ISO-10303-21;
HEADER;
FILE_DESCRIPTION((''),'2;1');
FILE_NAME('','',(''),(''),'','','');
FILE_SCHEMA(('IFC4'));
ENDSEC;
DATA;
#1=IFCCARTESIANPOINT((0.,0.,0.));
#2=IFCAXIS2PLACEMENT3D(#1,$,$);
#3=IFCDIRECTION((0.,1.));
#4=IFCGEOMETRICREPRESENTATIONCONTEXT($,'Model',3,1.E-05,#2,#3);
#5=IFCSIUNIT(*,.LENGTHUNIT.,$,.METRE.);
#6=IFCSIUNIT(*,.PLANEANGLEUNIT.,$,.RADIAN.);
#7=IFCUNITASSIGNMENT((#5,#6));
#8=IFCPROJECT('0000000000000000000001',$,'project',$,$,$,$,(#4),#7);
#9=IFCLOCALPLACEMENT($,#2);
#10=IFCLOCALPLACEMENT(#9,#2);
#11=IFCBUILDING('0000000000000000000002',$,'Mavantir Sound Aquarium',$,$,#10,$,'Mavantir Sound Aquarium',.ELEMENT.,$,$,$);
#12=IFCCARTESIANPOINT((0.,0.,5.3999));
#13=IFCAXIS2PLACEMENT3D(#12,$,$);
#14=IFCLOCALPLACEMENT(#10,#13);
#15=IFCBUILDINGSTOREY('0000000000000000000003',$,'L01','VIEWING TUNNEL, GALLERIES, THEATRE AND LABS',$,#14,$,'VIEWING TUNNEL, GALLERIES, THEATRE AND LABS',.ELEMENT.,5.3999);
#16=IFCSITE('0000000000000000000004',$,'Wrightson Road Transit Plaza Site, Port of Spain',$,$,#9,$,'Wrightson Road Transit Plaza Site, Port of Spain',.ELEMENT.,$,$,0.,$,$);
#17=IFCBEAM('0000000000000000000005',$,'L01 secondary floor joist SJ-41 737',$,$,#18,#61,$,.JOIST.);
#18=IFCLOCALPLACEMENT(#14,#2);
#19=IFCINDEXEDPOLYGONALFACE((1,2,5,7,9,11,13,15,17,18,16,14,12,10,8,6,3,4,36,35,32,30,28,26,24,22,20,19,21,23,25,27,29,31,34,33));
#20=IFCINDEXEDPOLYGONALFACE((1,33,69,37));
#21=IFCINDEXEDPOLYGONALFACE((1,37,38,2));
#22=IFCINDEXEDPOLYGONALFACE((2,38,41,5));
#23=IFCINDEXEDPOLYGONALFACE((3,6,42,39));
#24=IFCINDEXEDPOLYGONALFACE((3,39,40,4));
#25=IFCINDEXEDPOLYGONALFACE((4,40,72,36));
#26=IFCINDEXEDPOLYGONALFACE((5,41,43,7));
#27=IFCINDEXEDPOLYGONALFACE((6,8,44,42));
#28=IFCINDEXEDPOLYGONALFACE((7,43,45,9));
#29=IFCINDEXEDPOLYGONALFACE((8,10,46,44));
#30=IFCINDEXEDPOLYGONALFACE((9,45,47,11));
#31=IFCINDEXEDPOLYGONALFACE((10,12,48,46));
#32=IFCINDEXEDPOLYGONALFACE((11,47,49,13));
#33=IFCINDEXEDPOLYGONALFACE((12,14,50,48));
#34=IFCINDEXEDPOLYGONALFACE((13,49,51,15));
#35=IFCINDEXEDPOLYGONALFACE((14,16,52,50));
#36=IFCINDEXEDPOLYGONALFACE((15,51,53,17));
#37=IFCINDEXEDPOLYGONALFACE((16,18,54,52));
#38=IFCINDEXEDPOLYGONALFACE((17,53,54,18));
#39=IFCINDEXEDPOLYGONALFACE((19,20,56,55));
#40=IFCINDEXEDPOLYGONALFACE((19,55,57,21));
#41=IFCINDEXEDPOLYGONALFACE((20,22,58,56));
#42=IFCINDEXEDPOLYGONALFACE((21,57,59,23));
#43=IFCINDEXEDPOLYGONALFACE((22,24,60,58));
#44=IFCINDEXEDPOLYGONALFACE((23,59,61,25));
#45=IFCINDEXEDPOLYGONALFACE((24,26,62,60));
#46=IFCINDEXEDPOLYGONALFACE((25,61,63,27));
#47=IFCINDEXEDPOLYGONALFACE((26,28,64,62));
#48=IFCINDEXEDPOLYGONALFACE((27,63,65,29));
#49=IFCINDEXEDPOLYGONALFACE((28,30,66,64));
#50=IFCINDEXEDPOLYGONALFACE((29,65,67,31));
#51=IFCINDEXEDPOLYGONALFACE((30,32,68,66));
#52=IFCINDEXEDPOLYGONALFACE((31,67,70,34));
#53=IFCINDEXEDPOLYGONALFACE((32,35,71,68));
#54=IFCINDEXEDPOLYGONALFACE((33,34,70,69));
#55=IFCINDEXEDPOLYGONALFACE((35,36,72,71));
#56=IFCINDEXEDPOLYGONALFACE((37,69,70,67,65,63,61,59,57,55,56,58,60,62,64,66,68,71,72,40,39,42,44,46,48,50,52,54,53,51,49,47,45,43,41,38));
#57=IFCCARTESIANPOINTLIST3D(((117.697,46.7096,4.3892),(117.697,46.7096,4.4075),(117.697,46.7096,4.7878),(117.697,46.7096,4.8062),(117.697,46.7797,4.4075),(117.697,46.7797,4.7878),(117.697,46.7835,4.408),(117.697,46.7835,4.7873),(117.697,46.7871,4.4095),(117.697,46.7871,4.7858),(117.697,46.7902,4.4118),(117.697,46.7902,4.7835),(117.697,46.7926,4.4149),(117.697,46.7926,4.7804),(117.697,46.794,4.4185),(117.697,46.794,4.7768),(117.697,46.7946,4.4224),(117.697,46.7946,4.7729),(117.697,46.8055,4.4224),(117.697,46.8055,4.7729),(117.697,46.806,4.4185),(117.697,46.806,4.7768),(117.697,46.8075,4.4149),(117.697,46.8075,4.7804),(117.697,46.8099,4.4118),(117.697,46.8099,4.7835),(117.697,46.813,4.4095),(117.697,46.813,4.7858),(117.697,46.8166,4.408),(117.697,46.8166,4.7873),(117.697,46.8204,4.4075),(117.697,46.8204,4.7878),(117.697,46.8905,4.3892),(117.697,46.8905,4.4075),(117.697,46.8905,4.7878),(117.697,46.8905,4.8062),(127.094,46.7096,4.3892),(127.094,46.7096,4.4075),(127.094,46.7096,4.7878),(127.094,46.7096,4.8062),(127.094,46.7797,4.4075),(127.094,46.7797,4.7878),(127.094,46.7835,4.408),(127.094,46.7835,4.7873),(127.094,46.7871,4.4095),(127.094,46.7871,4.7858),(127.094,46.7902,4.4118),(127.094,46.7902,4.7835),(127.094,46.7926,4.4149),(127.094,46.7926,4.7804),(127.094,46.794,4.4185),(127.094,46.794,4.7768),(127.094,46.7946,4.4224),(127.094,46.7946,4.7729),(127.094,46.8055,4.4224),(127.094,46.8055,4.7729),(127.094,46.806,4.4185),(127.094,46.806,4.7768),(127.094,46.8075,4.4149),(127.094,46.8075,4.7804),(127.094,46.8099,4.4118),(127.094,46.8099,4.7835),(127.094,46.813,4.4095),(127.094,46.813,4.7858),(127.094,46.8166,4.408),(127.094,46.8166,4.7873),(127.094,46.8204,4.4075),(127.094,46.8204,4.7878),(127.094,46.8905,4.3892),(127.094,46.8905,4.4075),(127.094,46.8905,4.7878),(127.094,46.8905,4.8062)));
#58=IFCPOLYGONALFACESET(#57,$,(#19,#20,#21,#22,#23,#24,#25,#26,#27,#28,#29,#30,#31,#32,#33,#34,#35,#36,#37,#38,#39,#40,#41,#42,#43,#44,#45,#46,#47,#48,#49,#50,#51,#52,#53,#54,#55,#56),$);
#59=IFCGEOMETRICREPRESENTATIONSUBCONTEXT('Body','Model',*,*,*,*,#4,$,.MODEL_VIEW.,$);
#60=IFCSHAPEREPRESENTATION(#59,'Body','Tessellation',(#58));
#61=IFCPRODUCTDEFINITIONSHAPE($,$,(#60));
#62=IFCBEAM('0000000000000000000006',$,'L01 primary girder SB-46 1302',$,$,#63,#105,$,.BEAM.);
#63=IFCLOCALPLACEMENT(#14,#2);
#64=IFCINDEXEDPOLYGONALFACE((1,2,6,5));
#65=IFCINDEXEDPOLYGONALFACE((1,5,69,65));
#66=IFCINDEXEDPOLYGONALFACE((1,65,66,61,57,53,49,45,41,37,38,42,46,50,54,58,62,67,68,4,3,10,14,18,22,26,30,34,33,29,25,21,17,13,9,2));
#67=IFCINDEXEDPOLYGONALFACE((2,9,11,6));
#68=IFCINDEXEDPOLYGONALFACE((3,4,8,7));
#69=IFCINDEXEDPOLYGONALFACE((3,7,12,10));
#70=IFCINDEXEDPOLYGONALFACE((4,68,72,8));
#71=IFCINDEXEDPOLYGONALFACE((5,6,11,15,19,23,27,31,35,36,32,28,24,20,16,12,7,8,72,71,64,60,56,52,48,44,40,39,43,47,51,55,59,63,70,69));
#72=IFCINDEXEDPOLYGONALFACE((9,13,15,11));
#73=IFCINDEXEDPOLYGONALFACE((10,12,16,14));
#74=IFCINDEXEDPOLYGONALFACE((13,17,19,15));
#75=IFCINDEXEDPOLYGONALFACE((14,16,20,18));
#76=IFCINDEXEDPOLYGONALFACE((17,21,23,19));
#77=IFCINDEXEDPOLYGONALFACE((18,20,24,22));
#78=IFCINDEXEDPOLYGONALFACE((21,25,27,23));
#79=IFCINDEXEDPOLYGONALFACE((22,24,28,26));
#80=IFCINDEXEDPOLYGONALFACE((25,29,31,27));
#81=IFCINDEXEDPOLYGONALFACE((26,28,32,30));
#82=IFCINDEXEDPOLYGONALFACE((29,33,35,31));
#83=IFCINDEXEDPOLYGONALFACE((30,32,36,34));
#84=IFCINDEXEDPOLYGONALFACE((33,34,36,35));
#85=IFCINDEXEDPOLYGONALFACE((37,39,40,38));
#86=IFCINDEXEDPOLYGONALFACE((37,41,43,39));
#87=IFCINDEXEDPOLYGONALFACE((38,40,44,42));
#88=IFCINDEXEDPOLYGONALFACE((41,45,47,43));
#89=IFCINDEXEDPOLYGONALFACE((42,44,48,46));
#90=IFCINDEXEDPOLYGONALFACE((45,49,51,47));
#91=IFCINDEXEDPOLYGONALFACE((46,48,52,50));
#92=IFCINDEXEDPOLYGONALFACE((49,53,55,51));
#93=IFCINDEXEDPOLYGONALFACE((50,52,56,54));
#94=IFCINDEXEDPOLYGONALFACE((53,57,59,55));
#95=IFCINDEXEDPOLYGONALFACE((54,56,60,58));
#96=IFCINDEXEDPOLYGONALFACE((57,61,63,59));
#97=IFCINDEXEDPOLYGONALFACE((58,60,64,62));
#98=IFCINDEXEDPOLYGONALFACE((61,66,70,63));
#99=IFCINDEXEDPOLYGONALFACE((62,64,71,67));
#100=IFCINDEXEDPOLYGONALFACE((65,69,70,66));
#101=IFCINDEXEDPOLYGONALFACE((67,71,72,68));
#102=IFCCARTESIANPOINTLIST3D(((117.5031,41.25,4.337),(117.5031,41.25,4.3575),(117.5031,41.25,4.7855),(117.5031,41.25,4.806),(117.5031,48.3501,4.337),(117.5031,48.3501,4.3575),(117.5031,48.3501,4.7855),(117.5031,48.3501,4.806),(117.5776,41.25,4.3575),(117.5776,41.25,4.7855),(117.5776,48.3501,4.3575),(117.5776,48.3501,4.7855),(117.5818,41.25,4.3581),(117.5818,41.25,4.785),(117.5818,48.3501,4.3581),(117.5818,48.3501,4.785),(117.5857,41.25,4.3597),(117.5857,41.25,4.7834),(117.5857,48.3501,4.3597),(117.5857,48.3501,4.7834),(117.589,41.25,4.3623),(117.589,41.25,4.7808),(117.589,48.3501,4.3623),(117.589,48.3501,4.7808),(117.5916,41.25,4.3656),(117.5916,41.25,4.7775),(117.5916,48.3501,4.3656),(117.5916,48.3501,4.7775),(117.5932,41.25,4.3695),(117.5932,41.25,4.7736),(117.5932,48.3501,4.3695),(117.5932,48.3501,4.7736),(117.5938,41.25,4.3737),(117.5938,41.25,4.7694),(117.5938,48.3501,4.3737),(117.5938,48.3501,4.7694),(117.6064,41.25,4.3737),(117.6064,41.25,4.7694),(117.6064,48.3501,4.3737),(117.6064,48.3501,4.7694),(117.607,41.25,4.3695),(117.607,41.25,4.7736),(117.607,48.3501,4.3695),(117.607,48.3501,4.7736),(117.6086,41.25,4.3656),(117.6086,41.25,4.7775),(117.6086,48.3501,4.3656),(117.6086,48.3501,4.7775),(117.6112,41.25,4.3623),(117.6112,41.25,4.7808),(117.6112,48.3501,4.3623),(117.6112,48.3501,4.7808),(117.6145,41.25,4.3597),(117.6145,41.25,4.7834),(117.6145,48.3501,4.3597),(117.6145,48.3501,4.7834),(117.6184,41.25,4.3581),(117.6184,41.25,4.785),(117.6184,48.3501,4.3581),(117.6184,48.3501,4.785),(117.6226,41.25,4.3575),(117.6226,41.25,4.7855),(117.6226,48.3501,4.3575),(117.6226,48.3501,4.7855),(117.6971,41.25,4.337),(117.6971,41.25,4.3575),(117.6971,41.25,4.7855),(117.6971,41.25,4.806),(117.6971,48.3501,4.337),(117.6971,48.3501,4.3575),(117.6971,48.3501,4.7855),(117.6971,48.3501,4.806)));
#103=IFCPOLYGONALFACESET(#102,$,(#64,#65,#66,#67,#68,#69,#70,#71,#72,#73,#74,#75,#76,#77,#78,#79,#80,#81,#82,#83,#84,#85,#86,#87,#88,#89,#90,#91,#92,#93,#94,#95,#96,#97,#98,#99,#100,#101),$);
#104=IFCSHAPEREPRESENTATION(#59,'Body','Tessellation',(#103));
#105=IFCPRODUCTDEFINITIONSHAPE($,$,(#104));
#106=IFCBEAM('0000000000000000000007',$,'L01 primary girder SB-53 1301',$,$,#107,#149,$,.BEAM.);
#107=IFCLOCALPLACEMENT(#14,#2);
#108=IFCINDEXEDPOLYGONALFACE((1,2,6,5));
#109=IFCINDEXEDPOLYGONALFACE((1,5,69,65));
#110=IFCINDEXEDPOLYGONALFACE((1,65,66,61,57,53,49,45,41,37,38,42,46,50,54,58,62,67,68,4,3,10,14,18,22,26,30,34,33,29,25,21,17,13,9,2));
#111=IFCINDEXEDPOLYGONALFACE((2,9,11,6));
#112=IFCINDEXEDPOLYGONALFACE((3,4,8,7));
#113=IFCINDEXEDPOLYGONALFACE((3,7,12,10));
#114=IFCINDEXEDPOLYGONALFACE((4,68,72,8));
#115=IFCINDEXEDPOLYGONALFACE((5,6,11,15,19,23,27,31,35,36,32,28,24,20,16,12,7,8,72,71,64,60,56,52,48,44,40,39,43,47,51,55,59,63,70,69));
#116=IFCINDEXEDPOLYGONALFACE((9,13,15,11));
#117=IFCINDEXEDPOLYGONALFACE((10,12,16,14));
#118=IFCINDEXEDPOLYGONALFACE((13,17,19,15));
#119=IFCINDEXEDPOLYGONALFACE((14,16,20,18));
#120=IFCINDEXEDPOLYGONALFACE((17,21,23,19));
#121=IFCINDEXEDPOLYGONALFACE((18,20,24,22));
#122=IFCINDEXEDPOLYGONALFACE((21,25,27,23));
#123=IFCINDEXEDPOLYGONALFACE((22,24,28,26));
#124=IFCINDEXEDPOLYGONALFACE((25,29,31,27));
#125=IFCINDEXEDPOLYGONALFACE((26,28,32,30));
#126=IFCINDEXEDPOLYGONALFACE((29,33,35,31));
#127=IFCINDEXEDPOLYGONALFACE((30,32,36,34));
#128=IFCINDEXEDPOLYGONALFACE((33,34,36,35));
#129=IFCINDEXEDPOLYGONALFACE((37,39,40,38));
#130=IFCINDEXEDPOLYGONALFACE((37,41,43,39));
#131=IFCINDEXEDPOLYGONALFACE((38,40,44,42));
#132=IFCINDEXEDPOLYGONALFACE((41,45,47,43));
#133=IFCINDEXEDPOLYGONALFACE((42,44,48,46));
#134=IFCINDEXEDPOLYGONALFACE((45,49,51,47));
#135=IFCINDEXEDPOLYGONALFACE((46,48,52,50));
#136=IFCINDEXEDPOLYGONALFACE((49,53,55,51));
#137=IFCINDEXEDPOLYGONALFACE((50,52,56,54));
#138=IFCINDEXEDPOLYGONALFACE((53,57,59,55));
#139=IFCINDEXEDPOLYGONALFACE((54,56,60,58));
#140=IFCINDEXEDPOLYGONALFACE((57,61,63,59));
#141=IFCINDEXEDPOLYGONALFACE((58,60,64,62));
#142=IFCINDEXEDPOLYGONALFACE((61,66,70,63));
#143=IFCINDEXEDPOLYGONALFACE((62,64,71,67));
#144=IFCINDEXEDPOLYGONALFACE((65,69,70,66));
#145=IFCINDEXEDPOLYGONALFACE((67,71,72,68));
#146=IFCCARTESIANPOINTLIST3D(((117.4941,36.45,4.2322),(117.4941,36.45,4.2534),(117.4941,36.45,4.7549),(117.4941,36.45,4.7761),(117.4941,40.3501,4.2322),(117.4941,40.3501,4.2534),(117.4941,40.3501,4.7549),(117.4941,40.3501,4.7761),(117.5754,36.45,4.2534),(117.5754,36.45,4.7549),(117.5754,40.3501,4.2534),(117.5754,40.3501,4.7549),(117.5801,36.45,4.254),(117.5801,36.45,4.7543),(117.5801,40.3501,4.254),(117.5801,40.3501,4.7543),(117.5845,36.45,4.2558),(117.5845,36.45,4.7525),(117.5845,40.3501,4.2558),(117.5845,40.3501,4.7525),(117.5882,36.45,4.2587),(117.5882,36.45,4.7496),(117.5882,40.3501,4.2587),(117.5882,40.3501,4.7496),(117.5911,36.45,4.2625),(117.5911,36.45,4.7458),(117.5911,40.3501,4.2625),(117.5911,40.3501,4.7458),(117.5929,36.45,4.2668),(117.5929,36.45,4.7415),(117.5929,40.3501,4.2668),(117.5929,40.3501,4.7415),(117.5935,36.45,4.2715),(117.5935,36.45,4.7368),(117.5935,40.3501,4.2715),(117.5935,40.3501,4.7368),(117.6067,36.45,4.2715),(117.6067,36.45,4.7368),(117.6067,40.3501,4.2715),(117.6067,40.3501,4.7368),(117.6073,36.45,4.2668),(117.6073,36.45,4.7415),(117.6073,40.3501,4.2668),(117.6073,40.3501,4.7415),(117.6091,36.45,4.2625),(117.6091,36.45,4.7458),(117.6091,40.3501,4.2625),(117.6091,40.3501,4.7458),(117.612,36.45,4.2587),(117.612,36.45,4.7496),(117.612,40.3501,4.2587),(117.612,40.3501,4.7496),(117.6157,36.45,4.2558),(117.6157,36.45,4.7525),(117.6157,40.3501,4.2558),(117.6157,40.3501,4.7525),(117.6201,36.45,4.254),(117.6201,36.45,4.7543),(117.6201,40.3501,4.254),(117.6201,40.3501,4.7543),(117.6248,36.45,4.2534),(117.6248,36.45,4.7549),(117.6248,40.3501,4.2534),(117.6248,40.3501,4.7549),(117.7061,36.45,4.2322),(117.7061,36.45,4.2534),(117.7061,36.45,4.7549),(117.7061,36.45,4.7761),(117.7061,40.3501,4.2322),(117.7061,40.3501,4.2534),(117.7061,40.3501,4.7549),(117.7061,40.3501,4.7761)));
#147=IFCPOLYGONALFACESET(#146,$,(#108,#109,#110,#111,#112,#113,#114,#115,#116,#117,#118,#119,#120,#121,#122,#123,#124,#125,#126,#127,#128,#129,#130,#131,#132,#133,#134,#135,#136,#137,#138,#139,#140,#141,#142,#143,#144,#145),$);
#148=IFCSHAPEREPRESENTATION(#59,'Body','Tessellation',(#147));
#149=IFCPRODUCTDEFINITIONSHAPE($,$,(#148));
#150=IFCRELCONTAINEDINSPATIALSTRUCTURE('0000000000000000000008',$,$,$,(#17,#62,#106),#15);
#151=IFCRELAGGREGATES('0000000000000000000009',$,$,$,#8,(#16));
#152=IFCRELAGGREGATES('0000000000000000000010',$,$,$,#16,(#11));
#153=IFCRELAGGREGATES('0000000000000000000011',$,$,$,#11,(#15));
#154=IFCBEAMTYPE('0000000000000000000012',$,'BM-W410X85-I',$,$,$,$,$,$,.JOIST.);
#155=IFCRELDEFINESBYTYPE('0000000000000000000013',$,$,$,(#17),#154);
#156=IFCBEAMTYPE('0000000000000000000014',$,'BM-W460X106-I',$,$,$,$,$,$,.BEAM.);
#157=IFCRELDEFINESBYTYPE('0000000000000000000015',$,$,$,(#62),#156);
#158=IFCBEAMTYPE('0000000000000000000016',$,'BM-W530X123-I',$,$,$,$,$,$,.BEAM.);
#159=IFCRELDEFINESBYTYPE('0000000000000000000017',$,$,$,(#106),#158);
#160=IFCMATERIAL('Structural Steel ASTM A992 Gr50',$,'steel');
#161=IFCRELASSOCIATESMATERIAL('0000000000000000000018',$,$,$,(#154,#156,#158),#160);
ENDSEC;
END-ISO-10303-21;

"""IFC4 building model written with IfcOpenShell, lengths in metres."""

from ifc_helpers import new_model, si_unit, direction, frame, origin, origin_2d, place, context, subcontext, project, spatial, i_section, extrude, material, material_profile, profile_set, type_object, element, save


model = new_model("IFC4")

# Units and contexts
model_context = context("Model", 3, precision=1e-05, world=origin(), true_north=direction((0.0, 1.0)))
body_context = subcontext(model_context, "Body", "Model", "MODEL_VIEW")
ifc_project = project(units=[si_unit("LENGTHUNIT", "METRE"), si_unit("PLANEANGLEUNIT", "RADIAN")], contexts=[model_context])

# Site, building, storey
site_placement = place(None, origin())
site = spatial("IfcSite", under=ifc_project, at=site_placement, Name="Wrightson Road Transit Plaza Site, Port of Spain", LongName="Wrightson Road Transit Plaza Site, Port of Spain", CompositionType="ELEMENT", RefElevation=0.0)
building_placement = place(site_placement, origin())
building = spatial("IfcBuilding", under=site, at=building_placement, Name="Mavantir Sound Aquarium", LongName="Mavantir Sound Aquarium", CompositionType="ELEMENT")
storey_placement = place(building_placement, frame((0.0, 0.0, 5.3999)))
storey = spatial("IfcBuildingStorey", under=building, at=storey_placement, Name="L01", Description="VIEWING TUNNEL, GALLERIES, THEATRE AND LABS", LongName="VIEWING TUNNEL, GALLERIES, THEATRE AND LABS", CompositionType="ELEMENT", Elevation=5.3999)

# Beams
ifc_material_1 = material(Name="Structural Steel ASTM A992 Gr50", Category="steel")
ifc_material_profile_1 = material_profile(ifc_material_1, i_section(OverallWidth=0.1809, OverallDepth=0.417, WebThickness=0.011, FlangeThickness=0.0183, FilletRadius=0.0149, at=origin_2d()), Name="W410X85")
ifc_profile_set_1 = profile_set([ifc_material_profile_1], Name="Structural Steel ASTM A992 Gr50")
beam_type_1 = type_object("IfcBeamType", Name="BM-W410X85-I", PredefinedType="JOIST", material=ifc_profile_set_1)
beam_1_placement = place(storey_placement, frame((117.697, 46.8, 4.5977), z_axis=(1.0, 0.0, 0.0), x_axis=(0.0, 1.0, 0.0)))
element("IfcBeam", 1, at=beam_1_placement, inside=storey, type_object=beam_type_1, Name="L01 secondary floor joist SJ-41 737", PredefinedType="JOIST", context=body_context, shape_type="SweptSolid", body=[
    extrude(i_section(OverallWidth=0.1809, OverallDepth=0.417, WebThickness=0.011, FlangeThickness=0.0183, FilletRadius=0.0149, at=origin_2d()), origin(), (0.0, 0.0, 1.0), 9.397),
])
ifc_material_profile_2 = material_profile(ifc_material_1, i_section(OverallWidth=0.1941, OverallDepth=0.469, WebThickness=0.0127, FlangeThickness=0.0205, FilletRadius=0.0161, at=origin_2d()), Name="W460X106")
ifc_profile_set_2 = profile_set([ifc_material_profile_2], Name="Structural Steel ASTM A992 Gr50")
beam_type_2 = type_object("IfcBeamType", Name="BM-W460X106-I", PredefinedType="BEAM", material=ifc_profile_set_2)
beam_2_placement = place(storey_placement, frame((117.6001, 41.25, 4.5715), z_axis=(0.0, 1.0, 0.0), x_axis=(-1.0, 0.0, 0.0)))
element("IfcBeam", 2, at=beam_2_placement, inside=storey, type_object=beam_type_2, Name="L01 primary girder SB-46 1302", PredefinedType="BEAM", context=body_context, shape_type="SweptSolid", body=[
    extrude(i_section(OverallWidth=0.1941, OverallDepth=0.469, WebThickness=0.0127, FlangeThickness=0.0205, FilletRadius=0.0161, at=origin_2d()), origin(), (0.0, 0.0, 1.0), 7.1001),
])
ifc_material_profile_3 = material_profile(ifc_material_1, i_section(OverallWidth=0.2119, OverallDepth=0.5439, WebThickness=0.0132, FlangeThickness=0.0212, FilletRadius=0.0181, at=origin_2d()), Name="W530X123")
ifc_profile_set_3 = profile_set([ifc_material_profile_3], Name="Structural Steel ASTM A992 Gr50")
beam_type_3 = type_object("IfcBeamType", Name="BM-W530X123-I", PredefinedType="BEAM", material=ifc_profile_set_3)
beam_3_placement = place(storey_placement, frame((117.6001, 36.45, 4.5042), z_axis=(0.0, 1.0, 0.0), x_axis=(-1.0, 0.0, 0.0)))
element("IfcBeam", 3, at=beam_3_placement, inside=storey, type_object=beam_type_3, Name="L01 primary girder SB-53 1301", PredefinedType="BEAM", context=body_context, shape_type="SweptSolid", body=[
    extrude(i_section(OverallWidth=0.2119, OverallDepth=0.5439, WebThickness=0.0132, FlangeThickness=0.0212, FilletRadius=0.0181, at=origin_2d()), origin(), (0.0, 0.0, 1.0), 3.9001),
])

save(model, "model.ifc")
